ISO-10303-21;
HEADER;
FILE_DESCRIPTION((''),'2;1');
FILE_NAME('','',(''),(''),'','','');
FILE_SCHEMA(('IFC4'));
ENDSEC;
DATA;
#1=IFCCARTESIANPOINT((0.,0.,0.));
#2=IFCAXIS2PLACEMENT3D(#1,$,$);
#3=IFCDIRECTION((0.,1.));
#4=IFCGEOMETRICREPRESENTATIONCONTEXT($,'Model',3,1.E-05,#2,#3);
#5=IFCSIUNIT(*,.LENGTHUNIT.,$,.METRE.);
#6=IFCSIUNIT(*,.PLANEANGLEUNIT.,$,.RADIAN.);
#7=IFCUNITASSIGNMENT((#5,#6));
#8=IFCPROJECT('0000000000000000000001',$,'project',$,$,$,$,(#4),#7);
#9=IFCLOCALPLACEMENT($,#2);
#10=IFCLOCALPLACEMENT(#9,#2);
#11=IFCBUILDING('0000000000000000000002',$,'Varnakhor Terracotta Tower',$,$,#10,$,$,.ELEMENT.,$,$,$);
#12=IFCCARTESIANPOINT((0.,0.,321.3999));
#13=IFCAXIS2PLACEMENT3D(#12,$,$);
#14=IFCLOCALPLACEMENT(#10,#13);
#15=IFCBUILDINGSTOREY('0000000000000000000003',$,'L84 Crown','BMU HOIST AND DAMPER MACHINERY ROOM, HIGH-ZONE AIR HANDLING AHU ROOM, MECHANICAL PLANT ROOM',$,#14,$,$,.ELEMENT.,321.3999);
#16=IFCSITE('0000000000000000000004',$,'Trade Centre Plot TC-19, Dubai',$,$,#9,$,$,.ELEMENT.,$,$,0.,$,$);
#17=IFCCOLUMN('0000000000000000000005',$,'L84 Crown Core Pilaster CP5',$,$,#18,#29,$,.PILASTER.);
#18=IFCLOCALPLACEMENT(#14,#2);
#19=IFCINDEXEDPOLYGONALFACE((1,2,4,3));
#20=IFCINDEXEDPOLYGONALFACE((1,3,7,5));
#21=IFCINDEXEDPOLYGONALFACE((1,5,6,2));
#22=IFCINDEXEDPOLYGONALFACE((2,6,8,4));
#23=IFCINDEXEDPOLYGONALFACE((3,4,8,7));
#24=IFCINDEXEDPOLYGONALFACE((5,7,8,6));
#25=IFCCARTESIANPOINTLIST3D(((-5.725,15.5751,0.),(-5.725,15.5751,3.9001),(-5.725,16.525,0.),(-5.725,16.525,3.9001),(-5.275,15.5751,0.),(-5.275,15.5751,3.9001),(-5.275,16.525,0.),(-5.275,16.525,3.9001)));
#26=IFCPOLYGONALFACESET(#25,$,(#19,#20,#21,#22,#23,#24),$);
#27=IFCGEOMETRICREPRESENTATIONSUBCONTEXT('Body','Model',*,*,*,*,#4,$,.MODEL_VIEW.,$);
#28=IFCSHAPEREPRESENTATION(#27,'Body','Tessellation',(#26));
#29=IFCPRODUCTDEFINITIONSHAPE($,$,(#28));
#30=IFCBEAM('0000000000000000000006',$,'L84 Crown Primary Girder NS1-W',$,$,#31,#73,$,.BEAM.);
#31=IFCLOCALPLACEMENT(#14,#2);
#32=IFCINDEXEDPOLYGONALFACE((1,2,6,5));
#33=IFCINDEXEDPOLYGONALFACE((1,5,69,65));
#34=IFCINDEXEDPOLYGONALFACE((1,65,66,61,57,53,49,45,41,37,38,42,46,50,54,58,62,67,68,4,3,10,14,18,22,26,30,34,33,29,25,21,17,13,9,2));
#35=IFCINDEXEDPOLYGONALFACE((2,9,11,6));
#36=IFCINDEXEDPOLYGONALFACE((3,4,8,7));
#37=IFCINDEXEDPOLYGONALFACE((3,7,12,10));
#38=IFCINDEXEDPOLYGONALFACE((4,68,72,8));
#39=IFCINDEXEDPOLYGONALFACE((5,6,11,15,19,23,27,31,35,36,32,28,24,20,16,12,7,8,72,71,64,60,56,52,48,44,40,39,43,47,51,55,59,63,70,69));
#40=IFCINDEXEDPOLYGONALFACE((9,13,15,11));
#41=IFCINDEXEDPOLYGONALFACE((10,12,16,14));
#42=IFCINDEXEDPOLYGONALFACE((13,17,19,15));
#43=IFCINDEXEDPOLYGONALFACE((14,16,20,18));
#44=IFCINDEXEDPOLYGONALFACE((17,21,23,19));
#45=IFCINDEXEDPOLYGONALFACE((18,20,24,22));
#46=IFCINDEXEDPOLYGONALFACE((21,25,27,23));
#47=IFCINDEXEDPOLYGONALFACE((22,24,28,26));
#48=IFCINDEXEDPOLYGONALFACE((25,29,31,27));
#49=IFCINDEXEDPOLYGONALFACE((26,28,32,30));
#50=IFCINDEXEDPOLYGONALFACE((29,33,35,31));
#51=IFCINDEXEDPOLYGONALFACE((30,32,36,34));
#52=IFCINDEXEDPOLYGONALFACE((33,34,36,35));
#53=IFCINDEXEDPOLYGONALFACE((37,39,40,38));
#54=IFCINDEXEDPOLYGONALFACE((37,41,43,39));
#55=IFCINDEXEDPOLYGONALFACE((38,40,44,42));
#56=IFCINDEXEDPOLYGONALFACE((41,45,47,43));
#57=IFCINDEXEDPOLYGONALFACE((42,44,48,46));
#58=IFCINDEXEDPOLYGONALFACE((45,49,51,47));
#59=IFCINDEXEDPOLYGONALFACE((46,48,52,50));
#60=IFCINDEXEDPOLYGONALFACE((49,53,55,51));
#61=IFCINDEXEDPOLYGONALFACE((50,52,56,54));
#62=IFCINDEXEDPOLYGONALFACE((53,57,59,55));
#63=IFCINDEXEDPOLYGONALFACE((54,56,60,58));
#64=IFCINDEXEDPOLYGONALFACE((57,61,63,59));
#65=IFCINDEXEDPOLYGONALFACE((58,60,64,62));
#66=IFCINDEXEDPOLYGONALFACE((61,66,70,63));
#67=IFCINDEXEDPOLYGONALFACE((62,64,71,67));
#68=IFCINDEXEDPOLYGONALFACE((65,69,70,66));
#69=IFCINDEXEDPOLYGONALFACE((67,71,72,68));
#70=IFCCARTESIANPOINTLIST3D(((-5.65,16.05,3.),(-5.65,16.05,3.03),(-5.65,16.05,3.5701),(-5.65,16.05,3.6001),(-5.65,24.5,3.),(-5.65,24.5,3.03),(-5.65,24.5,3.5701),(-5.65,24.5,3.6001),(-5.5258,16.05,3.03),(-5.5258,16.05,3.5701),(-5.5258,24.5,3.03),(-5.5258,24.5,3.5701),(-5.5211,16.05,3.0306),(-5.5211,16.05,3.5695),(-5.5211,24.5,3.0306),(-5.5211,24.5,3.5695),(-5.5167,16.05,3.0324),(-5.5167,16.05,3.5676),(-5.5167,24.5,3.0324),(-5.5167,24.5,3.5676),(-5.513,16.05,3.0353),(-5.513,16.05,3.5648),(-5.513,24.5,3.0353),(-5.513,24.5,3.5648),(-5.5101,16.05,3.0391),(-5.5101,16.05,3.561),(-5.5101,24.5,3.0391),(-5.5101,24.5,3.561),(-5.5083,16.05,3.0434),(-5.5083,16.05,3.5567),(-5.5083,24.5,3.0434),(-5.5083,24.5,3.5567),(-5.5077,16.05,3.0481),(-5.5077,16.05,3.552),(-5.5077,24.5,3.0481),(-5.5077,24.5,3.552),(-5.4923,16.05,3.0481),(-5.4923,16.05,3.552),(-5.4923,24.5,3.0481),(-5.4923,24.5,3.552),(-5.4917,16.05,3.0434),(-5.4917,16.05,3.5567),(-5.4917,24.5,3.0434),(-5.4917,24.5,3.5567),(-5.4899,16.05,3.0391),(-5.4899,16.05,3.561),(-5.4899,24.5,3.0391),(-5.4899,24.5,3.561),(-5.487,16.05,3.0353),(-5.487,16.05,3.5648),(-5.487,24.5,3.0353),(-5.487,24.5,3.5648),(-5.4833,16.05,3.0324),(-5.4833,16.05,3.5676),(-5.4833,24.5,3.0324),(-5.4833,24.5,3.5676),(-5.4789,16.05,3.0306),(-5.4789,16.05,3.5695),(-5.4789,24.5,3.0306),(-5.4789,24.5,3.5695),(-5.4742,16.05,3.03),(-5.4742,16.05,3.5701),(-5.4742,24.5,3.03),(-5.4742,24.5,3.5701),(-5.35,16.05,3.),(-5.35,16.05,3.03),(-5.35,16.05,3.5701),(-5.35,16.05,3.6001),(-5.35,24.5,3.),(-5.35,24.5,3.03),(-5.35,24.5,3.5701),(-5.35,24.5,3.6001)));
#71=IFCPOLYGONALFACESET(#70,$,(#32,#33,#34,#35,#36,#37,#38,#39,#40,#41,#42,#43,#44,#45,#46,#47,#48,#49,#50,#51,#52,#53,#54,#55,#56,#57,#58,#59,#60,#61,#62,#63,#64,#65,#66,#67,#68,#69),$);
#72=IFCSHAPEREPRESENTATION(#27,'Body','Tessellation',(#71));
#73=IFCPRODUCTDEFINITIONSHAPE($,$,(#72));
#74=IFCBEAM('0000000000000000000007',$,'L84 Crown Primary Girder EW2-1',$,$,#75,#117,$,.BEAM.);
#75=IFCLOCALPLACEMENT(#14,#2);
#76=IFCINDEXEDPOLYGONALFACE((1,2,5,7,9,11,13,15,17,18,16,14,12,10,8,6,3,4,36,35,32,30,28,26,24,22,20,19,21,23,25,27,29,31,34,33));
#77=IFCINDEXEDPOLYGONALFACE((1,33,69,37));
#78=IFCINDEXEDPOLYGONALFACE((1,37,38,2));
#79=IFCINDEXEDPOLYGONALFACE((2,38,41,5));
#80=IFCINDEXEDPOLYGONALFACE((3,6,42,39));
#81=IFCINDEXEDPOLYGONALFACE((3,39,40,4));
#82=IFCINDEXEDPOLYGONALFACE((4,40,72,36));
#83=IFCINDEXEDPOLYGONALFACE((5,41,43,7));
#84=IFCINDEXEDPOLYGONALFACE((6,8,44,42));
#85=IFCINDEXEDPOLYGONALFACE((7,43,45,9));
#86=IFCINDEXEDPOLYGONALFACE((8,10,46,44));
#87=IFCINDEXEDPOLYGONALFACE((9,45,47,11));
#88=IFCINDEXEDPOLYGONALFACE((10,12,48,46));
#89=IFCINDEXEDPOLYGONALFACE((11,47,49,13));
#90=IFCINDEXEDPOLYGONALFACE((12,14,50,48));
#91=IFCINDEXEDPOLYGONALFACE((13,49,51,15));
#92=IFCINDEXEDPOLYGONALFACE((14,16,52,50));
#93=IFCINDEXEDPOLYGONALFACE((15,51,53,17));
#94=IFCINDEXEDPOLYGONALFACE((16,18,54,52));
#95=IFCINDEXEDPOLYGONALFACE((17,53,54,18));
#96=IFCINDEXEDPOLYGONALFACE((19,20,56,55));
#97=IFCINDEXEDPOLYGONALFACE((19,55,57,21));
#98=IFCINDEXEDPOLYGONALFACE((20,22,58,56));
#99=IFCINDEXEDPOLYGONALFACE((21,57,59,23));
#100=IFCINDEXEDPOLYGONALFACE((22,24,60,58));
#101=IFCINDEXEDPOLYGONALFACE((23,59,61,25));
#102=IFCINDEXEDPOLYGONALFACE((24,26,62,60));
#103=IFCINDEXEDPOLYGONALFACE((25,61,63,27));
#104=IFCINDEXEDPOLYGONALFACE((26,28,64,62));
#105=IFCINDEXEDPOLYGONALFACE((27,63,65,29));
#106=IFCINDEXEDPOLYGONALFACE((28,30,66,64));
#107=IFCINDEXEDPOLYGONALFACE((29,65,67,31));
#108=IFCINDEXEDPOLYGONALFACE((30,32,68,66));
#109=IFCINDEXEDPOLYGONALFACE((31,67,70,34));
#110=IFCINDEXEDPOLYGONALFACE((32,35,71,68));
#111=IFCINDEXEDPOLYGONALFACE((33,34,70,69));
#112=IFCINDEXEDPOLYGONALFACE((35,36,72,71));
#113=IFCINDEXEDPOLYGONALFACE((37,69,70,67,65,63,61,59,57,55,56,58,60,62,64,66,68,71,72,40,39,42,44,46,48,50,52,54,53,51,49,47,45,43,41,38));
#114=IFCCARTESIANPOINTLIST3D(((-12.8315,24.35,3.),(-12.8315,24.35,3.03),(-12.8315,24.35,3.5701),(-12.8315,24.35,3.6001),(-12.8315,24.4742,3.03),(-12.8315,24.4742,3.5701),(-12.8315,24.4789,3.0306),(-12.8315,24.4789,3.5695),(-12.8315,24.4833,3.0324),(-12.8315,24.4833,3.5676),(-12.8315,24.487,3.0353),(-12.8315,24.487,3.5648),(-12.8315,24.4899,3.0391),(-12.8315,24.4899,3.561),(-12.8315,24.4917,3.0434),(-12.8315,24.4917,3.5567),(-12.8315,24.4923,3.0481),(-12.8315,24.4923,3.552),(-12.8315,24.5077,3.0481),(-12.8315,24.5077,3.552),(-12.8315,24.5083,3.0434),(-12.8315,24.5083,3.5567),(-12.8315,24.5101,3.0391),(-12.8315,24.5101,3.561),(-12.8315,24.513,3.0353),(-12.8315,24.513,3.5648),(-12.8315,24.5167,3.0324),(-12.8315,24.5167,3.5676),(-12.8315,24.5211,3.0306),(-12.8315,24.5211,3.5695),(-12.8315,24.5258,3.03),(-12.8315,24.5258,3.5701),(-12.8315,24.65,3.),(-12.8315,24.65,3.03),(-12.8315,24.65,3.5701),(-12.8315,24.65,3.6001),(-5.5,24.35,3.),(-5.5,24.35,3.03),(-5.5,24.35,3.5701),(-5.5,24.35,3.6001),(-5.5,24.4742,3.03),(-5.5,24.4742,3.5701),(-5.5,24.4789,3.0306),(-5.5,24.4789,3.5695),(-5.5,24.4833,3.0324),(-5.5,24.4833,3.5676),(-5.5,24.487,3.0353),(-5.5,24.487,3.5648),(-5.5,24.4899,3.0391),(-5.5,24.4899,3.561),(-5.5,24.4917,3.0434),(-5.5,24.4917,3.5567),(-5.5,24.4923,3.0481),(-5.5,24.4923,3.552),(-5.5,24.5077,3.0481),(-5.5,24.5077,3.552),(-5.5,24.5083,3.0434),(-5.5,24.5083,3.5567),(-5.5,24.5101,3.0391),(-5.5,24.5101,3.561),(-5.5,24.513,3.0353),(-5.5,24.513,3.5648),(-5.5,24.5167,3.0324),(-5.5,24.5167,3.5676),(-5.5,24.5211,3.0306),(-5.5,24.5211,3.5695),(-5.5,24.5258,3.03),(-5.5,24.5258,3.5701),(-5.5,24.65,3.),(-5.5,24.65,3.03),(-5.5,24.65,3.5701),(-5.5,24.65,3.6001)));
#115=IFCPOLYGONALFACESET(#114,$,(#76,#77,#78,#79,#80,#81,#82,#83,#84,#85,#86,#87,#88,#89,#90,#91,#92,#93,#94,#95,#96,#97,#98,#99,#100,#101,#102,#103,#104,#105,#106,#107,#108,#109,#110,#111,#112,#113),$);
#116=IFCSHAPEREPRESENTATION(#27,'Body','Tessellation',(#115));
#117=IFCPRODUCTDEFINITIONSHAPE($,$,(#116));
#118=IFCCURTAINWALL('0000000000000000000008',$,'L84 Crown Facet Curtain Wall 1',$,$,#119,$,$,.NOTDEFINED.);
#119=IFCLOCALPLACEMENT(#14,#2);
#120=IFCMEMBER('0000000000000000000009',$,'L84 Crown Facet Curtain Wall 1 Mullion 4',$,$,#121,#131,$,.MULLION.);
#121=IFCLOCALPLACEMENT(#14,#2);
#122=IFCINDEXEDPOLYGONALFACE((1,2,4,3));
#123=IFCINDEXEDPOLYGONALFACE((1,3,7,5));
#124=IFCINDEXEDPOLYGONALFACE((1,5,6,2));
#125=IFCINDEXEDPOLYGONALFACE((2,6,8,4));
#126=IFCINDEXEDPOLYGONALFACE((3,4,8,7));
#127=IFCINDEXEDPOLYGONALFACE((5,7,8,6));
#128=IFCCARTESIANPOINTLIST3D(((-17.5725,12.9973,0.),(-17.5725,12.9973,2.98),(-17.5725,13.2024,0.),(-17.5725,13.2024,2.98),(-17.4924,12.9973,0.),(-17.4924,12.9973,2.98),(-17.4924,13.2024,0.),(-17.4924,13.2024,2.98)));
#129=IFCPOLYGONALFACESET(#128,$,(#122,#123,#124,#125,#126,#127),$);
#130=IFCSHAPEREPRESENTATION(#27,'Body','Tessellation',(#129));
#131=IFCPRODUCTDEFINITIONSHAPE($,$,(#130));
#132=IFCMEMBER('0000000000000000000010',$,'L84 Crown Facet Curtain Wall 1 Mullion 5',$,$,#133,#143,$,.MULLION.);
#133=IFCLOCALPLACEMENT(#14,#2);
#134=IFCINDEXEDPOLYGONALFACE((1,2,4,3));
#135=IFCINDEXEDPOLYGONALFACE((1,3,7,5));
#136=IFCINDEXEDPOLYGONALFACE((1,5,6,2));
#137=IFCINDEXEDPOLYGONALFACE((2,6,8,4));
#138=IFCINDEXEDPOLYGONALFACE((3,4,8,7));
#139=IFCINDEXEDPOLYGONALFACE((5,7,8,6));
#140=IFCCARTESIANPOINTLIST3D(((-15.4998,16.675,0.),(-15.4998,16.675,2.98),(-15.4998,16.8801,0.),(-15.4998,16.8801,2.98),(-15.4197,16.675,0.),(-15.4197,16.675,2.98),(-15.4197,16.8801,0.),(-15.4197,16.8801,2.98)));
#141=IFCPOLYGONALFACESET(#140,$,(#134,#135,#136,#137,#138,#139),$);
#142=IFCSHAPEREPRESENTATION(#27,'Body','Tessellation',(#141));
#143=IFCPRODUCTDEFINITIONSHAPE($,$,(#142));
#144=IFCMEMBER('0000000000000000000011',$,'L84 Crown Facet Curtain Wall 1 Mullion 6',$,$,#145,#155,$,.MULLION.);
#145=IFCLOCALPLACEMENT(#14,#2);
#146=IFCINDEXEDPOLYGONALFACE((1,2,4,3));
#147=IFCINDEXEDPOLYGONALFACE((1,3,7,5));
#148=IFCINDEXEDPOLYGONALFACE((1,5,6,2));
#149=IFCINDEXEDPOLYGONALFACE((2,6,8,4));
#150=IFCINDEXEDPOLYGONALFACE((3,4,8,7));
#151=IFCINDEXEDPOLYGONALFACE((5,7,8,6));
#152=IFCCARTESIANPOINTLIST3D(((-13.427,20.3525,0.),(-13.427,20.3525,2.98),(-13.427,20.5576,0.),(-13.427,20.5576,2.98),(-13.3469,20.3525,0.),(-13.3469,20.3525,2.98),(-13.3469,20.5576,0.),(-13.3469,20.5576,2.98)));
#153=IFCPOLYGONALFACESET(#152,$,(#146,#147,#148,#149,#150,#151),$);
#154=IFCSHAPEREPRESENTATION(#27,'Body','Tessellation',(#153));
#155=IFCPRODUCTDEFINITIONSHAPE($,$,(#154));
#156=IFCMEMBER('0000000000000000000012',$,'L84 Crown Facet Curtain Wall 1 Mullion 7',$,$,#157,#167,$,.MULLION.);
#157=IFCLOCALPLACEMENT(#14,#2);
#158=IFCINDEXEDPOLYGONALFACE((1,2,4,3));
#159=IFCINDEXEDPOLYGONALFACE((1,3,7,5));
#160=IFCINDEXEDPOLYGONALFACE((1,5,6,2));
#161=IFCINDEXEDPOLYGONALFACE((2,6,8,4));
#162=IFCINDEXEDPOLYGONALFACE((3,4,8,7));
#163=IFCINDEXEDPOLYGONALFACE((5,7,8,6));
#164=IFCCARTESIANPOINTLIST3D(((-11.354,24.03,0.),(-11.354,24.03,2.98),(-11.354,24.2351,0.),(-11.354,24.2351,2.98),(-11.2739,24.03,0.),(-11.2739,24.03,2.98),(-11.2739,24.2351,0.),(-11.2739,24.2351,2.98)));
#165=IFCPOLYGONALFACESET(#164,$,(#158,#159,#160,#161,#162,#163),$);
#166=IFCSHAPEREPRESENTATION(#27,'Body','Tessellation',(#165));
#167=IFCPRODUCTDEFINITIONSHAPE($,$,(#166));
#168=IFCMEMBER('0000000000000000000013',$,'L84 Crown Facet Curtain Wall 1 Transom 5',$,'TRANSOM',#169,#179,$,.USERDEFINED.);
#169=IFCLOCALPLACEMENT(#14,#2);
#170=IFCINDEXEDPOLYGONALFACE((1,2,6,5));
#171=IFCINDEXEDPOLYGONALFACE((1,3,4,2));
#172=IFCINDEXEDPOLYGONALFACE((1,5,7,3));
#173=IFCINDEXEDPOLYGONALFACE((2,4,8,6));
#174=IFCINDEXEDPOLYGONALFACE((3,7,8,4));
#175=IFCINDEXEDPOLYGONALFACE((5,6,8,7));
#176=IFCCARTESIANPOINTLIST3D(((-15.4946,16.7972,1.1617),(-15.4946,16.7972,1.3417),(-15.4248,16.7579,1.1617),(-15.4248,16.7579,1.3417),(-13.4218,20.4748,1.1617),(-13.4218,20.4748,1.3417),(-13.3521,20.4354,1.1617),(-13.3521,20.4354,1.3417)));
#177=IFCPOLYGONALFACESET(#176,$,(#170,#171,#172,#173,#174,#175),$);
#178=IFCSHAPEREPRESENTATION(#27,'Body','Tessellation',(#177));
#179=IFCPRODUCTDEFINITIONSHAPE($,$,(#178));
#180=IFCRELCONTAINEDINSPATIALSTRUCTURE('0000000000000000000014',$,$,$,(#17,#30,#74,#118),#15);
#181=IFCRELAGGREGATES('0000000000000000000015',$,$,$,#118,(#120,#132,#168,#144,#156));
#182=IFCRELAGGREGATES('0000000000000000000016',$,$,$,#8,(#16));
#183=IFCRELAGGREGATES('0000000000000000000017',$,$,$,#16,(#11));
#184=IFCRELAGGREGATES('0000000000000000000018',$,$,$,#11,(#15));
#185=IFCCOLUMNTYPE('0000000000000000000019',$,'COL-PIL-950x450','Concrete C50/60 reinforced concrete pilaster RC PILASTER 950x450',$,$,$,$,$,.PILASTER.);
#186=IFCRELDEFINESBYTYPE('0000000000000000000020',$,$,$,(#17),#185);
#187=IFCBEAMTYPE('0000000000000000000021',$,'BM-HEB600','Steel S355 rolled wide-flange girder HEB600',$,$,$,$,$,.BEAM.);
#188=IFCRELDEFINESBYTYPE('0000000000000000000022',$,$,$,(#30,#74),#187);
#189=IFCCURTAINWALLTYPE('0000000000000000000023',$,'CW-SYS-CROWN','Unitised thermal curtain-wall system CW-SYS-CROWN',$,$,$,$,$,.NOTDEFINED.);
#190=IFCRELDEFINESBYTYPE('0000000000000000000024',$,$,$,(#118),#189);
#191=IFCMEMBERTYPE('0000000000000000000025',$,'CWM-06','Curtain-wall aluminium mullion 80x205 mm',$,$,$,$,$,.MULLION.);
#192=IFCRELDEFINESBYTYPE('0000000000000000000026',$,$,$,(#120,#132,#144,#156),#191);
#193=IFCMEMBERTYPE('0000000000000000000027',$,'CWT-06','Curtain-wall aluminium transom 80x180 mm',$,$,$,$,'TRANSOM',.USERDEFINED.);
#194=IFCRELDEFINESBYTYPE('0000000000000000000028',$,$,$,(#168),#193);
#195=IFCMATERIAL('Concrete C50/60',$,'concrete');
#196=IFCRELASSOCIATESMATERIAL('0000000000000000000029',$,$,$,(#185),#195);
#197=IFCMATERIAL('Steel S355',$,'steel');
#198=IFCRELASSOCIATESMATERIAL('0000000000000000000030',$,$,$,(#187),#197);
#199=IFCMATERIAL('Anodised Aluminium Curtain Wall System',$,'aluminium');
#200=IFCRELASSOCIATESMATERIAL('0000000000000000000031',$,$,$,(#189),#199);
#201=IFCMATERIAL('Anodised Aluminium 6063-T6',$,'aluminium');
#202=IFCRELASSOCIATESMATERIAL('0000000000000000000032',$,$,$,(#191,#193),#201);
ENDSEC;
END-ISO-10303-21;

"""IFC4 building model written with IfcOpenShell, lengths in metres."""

from ifc_helpers import new_model, si_unit, direction, frame, origin, origin_2d, place, context, subcontext, project, spatial, rectangle, i_section, extrude, source, transform, mapped, material, material_profile, profile_set, type_object, type_shapes, element, aggregate, save


model = new_model("IFC4")

# Units and contexts
model_context = context("Model", 3, precision=1e-05, world=origin(), true_north=direction((0.0, 1.0)))
body_context = subcontext(model_context, "Body", "Model", "MODEL_VIEW")
ifc_project = project(units=[si_unit("LENGTHUNIT", "METRE"), si_unit("PLANEANGLEUNIT", "RADIAN")], contexts=[model_context])

# Site, building, storey
site_placement = place(None, origin())
site = spatial("IfcSite", under=ifc_project, at=site_placement, Name="Trade Centre Plot TC-19, Dubai", CompositionType="ELEMENT", RefElevation=0.0)
building_placement = place(site_placement, origin())
building = spatial("IfcBuilding", under=site, at=building_placement, Name="Varnakhor Terracotta Tower", CompositionType="ELEMENT")
storey_placement = place(building_placement, frame((0.0, 0.0, 321.3999)))
storey = spatial("IfcBuildingStorey", under=building, at=storey_placement, Name="L84 Crown", Description="BMU HOIST AND DAMPER MACHINERY ROOM, HIGH-ZONE AIR HANDLING AHU ROOM, MECHANICAL PLANT ROOM", CompositionType="ELEMENT", Elevation=321.3999)

# Column
ifc_material_1 = material(Name="Concrete C50/60", Category="concrete")
ifc_material_profile_1 = material_profile(ifc_material_1, rectangle(XDim=0.45, YDim=0.95, at=origin_2d()), Name="RC PILASTER 950x450")
ifc_profile_set_1 = profile_set([ifc_material_profile_1], Name="Concrete C50/60")
column_type = type_object("IfcColumnType", Name="COL-PIL-950x450", Description="Concrete C50/60 reinforced concrete pilaster RC PILASTER 950x450", PredefinedType="PILASTER", material=ifc_profile_set_1)
shared_shape_1 = source(origin(), body_context, "Body", "SweptSolid", [
    extrude(rectangle(XDim=0.45, YDim=0.95, at=origin_2d()), origin(), (0.0, 0.0, 1.0), 3.9001),
])
column_placement = place(storey_placement, frame((-5.5, 16.05, 0.0), z_axis=(0.0, 0.0, 1.0), x_axis=(1.0, 0.0, 0.0)))
element("IfcColumn", 1, at=column_placement, inside=storey, type_object=column_type, Name="L84 Crown Core Pilaster CP5", PredefinedType="PILASTER", context=body_context, shape_type="MappedRepresentation", body=[
    mapped(shared_shape_1, transform((0.0, 0.0, 0.0), scale=1.0)),
])

# Beams
ifc_material_2 = material(Name="Steel S355", Category="steel")
ifc_material_profile_2 = material_profile(ifc_material_2, i_section(OverallWidth=0.3, OverallDepth=0.6001, WebThickness=0.0154, FlangeThickness=0.03, FilletRadius=0.0181, at=origin_2d()), Name="HEB600")
ifc_profile_set_2 = profile_set([ifc_material_profile_2], Name="Steel S355")
beam_type = type_object("IfcBeamType", Name="BM-HEB600", Description="Steel S355 rolled wide-flange girder HEB600", PredefinedType="BEAM", material=ifc_profile_set_2)
shared_shape_2 = source(origin(), body_context, "Body", "SweptSolid", [
    extrude(i_section(OverallWidth=0.3, OverallDepth=0.6001, WebThickness=0.0154, FlangeThickness=0.03, FilletRadius=0.0181, at=origin_2d()), origin(), (0.0, 0.0, 1.0), 8.45),
])
beam_1_placement = place(storey_placement, frame((-5.5, 16.05, 3.3), z_axis=(0.0, 1.0, 0.0), x_axis=(-1.0, 0.0, 0.0)))
element("IfcBeam", 2, at=beam_1_placement, inside=storey, type_object=beam_type, Name="L84 Crown Primary Girder NS1-W", PredefinedType="BEAM", context=body_context, shape_type="MappedRepresentation", body=[
    mapped(shared_shape_2, transform((0.0, 0.0, 0.0), scale=1.0)),
])
shared_shape_3 = source(origin(), body_context, "Body", "SweptSolid", [
    extrude(i_section(OverallWidth=0.3, OverallDepth=0.6001, WebThickness=0.0154, FlangeThickness=0.03, FilletRadius=0.0181, at=origin_2d()), origin(), (0.0, 0.0, 1.0), 7.3315),
])
beam_2_placement = place(storey_placement, frame((-12.8315, 24.5, 3.3), z_axis=(1.0, 0.0, 0.0), x_axis=(0.0, 1.0, 0.0)))
element("IfcBeam", 3, at=beam_2_placement, inside=storey, type_object=beam_type, Name="L84 Crown Primary Girder EW2-1", PredefinedType="BEAM", context=body_context, shape_type="MappedRepresentation", body=[
    mapped(shared_shape_3, transform((0.0, 0.0, 0.0), scale=1.0)),
])

# Curtain wall, members
ifc_material_3 = material(Name="Anodised Aluminium Curtain Wall System", Category="aluminium")
curtain_wall_type = type_object("IfcCurtainWallType", Name="CW-SYS-CROWN", Description="Unitised thermal curtain-wall system CW-SYS-CROWN", PredefinedType="NOTDEFINED", material=ifc_material_3)
curtain_wall_placement = place(storey_placement, origin())
curtain_wall = element("IfcCurtainWall", 4, at=curtain_wall_placement, inside=storey, type_object=curtain_wall_type, Name="L84 Crown Facet Curtain Wall 1", PredefinedType="NOTDEFINED")
ifc_material_4 = material(Name="Anodised Aluminium 6063-T6", Category="aluminium")
ifc_material_profile_3 = material_profile(ifc_material_4, rectangle(XDim=0.0801, YDim=0.2051, at=origin_2d()), Name="ALU MULLION 80x205")
ifc_profile_set_3 = profile_set([ifc_material_profile_3], Name="Anodised Aluminium 6063-T6")
member_type_1 = type_object("IfcMemberType", Name="CWM-06", Description="Curtain-wall aluminium mullion 80x205 mm", PredefinedType="MULLION", material=ifc_profile_set_3)
shared_shape_4 = source(origin(), body_context, "Body", "SweptSolid", [
    extrude(rectangle(XDim=0.0801, YDim=0.2051, at=origin_2d()), origin(), (0.0, 0.0, 1.0), 2.98),
])
type_shapes(member_type_1, [shared_shape_4])
member_1_placement = place(storey_placement, frame((-17.5325, 13.0999, 0.0), z_axis=(0.0, 0.0, 1.0), x_axis=(1.0, 0.0, 0.0)))
member_1 = element("IfcMember", 5, at=member_1_placement, type_object=member_type_1, Name="L84 Crown Facet Curtain Wall 1 Mullion 4", PredefinedType="MULLION", context=body_context, shape_type="MappedRepresentation", body=[
    mapped(shared_shape_4, transform((0.0, 0.0, 0.0), scale=1.0)),
])
member_2_placement = place(storey_placement, frame((-15.4597, 16.7776, 0.0), z_axis=(0.0, 0.0, 1.0), x_axis=(1.0, 0.0, 0.0)))
member_2 = element("IfcMember", 6, at=member_2_placement, type_object=member_type_1, Name="L84 Crown Facet Curtain Wall 1 Mullion 5", PredefinedType="MULLION", context=body_context, shape_type="MappedRepresentation", body=[
    mapped(shared_shape_4, transform((0.0, 0.0, 0.0), scale=1.0)),
])
member_3_placement = place(storey_placement, frame((-13.387, 20.4551, 0.0), z_axis=(0.0, 0.0, 1.0), x_axis=(1.0, 0.0, 0.0)))
member_3 = element("IfcMember", 7, at=member_3_placement, type_object=member_type_1, Name="L84 Crown Facet Curtain Wall 1 Mullion 6", PredefinedType="MULLION", context=body_context, shape_type="MappedRepresentation", body=[
    mapped(shared_shape_4, transform((0.0, 0.0, 0.0), scale=1.0)),
])
member_4_placement = place(storey_placement, frame((-11.314, 24.1326, 0.0), z_axis=(0.0, 0.0, 1.0), x_axis=(1.0, 0.0, 0.0)))
member_4 = element("IfcMember", 8, at=member_4_placement, type_object=member_type_1, Name="L84 Crown Facet Curtain Wall 1 Mullion 7", PredefinedType="MULLION", context=body_context, shape_type="MappedRepresentation", body=[
    mapped(shared_shape_4, transform((0.0, 0.0, 0.0), scale=1.0)),
])
ifc_material_profile_4 = material_profile(ifc_material_4, rectangle(XDim=0.0801, YDim=0.1799, at=origin_2d()), Name="ALU TRANSOM 80x180")
ifc_profile_set_4 = profile_set([ifc_material_profile_4], Name="Anodised Aluminium 6063-T6")
member_type_2 = type_object("IfcMemberType", Name="CWT-06", Description="Curtain-wall aluminium transom 80x180 mm", ElementType="TRANSOM", PredefinedType="USERDEFINED", material=ifc_profile_set_4)
shared_shape_5 = source(origin(), body_context, "Body", "SweptSolid", [
    extrude(rectangle(XDim=0.0801, YDim=0.1799, at=origin_2d()), origin(), (0.0, 0.0, 1.0), 4.2214),
])
member_5_placement = place(storey_placement, frame((-15.4597, 16.7776, 1.2517), z_axis=(0.491011, 0.871154, 0.0), x_axis=(-0.871154, 0.491011, 0.0)))
member_5 = element("IfcMember", 9, at=member_5_placement, type_object=member_type_2, Name="L84 Crown Facet Curtain Wall 1 Transom 5", ObjectType="TRANSOM", PredefinedType="USERDEFINED", context=body_context, shape_type="MappedRepresentation", body=[
    mapped(shared_shape_5, transform((0.0, 0.0, 0.0), scale=1.0)),
])
aggregate(curtain_wall, [member_1, member_2, member_5, member_3, member_4])

save(model, "model.ifc")
